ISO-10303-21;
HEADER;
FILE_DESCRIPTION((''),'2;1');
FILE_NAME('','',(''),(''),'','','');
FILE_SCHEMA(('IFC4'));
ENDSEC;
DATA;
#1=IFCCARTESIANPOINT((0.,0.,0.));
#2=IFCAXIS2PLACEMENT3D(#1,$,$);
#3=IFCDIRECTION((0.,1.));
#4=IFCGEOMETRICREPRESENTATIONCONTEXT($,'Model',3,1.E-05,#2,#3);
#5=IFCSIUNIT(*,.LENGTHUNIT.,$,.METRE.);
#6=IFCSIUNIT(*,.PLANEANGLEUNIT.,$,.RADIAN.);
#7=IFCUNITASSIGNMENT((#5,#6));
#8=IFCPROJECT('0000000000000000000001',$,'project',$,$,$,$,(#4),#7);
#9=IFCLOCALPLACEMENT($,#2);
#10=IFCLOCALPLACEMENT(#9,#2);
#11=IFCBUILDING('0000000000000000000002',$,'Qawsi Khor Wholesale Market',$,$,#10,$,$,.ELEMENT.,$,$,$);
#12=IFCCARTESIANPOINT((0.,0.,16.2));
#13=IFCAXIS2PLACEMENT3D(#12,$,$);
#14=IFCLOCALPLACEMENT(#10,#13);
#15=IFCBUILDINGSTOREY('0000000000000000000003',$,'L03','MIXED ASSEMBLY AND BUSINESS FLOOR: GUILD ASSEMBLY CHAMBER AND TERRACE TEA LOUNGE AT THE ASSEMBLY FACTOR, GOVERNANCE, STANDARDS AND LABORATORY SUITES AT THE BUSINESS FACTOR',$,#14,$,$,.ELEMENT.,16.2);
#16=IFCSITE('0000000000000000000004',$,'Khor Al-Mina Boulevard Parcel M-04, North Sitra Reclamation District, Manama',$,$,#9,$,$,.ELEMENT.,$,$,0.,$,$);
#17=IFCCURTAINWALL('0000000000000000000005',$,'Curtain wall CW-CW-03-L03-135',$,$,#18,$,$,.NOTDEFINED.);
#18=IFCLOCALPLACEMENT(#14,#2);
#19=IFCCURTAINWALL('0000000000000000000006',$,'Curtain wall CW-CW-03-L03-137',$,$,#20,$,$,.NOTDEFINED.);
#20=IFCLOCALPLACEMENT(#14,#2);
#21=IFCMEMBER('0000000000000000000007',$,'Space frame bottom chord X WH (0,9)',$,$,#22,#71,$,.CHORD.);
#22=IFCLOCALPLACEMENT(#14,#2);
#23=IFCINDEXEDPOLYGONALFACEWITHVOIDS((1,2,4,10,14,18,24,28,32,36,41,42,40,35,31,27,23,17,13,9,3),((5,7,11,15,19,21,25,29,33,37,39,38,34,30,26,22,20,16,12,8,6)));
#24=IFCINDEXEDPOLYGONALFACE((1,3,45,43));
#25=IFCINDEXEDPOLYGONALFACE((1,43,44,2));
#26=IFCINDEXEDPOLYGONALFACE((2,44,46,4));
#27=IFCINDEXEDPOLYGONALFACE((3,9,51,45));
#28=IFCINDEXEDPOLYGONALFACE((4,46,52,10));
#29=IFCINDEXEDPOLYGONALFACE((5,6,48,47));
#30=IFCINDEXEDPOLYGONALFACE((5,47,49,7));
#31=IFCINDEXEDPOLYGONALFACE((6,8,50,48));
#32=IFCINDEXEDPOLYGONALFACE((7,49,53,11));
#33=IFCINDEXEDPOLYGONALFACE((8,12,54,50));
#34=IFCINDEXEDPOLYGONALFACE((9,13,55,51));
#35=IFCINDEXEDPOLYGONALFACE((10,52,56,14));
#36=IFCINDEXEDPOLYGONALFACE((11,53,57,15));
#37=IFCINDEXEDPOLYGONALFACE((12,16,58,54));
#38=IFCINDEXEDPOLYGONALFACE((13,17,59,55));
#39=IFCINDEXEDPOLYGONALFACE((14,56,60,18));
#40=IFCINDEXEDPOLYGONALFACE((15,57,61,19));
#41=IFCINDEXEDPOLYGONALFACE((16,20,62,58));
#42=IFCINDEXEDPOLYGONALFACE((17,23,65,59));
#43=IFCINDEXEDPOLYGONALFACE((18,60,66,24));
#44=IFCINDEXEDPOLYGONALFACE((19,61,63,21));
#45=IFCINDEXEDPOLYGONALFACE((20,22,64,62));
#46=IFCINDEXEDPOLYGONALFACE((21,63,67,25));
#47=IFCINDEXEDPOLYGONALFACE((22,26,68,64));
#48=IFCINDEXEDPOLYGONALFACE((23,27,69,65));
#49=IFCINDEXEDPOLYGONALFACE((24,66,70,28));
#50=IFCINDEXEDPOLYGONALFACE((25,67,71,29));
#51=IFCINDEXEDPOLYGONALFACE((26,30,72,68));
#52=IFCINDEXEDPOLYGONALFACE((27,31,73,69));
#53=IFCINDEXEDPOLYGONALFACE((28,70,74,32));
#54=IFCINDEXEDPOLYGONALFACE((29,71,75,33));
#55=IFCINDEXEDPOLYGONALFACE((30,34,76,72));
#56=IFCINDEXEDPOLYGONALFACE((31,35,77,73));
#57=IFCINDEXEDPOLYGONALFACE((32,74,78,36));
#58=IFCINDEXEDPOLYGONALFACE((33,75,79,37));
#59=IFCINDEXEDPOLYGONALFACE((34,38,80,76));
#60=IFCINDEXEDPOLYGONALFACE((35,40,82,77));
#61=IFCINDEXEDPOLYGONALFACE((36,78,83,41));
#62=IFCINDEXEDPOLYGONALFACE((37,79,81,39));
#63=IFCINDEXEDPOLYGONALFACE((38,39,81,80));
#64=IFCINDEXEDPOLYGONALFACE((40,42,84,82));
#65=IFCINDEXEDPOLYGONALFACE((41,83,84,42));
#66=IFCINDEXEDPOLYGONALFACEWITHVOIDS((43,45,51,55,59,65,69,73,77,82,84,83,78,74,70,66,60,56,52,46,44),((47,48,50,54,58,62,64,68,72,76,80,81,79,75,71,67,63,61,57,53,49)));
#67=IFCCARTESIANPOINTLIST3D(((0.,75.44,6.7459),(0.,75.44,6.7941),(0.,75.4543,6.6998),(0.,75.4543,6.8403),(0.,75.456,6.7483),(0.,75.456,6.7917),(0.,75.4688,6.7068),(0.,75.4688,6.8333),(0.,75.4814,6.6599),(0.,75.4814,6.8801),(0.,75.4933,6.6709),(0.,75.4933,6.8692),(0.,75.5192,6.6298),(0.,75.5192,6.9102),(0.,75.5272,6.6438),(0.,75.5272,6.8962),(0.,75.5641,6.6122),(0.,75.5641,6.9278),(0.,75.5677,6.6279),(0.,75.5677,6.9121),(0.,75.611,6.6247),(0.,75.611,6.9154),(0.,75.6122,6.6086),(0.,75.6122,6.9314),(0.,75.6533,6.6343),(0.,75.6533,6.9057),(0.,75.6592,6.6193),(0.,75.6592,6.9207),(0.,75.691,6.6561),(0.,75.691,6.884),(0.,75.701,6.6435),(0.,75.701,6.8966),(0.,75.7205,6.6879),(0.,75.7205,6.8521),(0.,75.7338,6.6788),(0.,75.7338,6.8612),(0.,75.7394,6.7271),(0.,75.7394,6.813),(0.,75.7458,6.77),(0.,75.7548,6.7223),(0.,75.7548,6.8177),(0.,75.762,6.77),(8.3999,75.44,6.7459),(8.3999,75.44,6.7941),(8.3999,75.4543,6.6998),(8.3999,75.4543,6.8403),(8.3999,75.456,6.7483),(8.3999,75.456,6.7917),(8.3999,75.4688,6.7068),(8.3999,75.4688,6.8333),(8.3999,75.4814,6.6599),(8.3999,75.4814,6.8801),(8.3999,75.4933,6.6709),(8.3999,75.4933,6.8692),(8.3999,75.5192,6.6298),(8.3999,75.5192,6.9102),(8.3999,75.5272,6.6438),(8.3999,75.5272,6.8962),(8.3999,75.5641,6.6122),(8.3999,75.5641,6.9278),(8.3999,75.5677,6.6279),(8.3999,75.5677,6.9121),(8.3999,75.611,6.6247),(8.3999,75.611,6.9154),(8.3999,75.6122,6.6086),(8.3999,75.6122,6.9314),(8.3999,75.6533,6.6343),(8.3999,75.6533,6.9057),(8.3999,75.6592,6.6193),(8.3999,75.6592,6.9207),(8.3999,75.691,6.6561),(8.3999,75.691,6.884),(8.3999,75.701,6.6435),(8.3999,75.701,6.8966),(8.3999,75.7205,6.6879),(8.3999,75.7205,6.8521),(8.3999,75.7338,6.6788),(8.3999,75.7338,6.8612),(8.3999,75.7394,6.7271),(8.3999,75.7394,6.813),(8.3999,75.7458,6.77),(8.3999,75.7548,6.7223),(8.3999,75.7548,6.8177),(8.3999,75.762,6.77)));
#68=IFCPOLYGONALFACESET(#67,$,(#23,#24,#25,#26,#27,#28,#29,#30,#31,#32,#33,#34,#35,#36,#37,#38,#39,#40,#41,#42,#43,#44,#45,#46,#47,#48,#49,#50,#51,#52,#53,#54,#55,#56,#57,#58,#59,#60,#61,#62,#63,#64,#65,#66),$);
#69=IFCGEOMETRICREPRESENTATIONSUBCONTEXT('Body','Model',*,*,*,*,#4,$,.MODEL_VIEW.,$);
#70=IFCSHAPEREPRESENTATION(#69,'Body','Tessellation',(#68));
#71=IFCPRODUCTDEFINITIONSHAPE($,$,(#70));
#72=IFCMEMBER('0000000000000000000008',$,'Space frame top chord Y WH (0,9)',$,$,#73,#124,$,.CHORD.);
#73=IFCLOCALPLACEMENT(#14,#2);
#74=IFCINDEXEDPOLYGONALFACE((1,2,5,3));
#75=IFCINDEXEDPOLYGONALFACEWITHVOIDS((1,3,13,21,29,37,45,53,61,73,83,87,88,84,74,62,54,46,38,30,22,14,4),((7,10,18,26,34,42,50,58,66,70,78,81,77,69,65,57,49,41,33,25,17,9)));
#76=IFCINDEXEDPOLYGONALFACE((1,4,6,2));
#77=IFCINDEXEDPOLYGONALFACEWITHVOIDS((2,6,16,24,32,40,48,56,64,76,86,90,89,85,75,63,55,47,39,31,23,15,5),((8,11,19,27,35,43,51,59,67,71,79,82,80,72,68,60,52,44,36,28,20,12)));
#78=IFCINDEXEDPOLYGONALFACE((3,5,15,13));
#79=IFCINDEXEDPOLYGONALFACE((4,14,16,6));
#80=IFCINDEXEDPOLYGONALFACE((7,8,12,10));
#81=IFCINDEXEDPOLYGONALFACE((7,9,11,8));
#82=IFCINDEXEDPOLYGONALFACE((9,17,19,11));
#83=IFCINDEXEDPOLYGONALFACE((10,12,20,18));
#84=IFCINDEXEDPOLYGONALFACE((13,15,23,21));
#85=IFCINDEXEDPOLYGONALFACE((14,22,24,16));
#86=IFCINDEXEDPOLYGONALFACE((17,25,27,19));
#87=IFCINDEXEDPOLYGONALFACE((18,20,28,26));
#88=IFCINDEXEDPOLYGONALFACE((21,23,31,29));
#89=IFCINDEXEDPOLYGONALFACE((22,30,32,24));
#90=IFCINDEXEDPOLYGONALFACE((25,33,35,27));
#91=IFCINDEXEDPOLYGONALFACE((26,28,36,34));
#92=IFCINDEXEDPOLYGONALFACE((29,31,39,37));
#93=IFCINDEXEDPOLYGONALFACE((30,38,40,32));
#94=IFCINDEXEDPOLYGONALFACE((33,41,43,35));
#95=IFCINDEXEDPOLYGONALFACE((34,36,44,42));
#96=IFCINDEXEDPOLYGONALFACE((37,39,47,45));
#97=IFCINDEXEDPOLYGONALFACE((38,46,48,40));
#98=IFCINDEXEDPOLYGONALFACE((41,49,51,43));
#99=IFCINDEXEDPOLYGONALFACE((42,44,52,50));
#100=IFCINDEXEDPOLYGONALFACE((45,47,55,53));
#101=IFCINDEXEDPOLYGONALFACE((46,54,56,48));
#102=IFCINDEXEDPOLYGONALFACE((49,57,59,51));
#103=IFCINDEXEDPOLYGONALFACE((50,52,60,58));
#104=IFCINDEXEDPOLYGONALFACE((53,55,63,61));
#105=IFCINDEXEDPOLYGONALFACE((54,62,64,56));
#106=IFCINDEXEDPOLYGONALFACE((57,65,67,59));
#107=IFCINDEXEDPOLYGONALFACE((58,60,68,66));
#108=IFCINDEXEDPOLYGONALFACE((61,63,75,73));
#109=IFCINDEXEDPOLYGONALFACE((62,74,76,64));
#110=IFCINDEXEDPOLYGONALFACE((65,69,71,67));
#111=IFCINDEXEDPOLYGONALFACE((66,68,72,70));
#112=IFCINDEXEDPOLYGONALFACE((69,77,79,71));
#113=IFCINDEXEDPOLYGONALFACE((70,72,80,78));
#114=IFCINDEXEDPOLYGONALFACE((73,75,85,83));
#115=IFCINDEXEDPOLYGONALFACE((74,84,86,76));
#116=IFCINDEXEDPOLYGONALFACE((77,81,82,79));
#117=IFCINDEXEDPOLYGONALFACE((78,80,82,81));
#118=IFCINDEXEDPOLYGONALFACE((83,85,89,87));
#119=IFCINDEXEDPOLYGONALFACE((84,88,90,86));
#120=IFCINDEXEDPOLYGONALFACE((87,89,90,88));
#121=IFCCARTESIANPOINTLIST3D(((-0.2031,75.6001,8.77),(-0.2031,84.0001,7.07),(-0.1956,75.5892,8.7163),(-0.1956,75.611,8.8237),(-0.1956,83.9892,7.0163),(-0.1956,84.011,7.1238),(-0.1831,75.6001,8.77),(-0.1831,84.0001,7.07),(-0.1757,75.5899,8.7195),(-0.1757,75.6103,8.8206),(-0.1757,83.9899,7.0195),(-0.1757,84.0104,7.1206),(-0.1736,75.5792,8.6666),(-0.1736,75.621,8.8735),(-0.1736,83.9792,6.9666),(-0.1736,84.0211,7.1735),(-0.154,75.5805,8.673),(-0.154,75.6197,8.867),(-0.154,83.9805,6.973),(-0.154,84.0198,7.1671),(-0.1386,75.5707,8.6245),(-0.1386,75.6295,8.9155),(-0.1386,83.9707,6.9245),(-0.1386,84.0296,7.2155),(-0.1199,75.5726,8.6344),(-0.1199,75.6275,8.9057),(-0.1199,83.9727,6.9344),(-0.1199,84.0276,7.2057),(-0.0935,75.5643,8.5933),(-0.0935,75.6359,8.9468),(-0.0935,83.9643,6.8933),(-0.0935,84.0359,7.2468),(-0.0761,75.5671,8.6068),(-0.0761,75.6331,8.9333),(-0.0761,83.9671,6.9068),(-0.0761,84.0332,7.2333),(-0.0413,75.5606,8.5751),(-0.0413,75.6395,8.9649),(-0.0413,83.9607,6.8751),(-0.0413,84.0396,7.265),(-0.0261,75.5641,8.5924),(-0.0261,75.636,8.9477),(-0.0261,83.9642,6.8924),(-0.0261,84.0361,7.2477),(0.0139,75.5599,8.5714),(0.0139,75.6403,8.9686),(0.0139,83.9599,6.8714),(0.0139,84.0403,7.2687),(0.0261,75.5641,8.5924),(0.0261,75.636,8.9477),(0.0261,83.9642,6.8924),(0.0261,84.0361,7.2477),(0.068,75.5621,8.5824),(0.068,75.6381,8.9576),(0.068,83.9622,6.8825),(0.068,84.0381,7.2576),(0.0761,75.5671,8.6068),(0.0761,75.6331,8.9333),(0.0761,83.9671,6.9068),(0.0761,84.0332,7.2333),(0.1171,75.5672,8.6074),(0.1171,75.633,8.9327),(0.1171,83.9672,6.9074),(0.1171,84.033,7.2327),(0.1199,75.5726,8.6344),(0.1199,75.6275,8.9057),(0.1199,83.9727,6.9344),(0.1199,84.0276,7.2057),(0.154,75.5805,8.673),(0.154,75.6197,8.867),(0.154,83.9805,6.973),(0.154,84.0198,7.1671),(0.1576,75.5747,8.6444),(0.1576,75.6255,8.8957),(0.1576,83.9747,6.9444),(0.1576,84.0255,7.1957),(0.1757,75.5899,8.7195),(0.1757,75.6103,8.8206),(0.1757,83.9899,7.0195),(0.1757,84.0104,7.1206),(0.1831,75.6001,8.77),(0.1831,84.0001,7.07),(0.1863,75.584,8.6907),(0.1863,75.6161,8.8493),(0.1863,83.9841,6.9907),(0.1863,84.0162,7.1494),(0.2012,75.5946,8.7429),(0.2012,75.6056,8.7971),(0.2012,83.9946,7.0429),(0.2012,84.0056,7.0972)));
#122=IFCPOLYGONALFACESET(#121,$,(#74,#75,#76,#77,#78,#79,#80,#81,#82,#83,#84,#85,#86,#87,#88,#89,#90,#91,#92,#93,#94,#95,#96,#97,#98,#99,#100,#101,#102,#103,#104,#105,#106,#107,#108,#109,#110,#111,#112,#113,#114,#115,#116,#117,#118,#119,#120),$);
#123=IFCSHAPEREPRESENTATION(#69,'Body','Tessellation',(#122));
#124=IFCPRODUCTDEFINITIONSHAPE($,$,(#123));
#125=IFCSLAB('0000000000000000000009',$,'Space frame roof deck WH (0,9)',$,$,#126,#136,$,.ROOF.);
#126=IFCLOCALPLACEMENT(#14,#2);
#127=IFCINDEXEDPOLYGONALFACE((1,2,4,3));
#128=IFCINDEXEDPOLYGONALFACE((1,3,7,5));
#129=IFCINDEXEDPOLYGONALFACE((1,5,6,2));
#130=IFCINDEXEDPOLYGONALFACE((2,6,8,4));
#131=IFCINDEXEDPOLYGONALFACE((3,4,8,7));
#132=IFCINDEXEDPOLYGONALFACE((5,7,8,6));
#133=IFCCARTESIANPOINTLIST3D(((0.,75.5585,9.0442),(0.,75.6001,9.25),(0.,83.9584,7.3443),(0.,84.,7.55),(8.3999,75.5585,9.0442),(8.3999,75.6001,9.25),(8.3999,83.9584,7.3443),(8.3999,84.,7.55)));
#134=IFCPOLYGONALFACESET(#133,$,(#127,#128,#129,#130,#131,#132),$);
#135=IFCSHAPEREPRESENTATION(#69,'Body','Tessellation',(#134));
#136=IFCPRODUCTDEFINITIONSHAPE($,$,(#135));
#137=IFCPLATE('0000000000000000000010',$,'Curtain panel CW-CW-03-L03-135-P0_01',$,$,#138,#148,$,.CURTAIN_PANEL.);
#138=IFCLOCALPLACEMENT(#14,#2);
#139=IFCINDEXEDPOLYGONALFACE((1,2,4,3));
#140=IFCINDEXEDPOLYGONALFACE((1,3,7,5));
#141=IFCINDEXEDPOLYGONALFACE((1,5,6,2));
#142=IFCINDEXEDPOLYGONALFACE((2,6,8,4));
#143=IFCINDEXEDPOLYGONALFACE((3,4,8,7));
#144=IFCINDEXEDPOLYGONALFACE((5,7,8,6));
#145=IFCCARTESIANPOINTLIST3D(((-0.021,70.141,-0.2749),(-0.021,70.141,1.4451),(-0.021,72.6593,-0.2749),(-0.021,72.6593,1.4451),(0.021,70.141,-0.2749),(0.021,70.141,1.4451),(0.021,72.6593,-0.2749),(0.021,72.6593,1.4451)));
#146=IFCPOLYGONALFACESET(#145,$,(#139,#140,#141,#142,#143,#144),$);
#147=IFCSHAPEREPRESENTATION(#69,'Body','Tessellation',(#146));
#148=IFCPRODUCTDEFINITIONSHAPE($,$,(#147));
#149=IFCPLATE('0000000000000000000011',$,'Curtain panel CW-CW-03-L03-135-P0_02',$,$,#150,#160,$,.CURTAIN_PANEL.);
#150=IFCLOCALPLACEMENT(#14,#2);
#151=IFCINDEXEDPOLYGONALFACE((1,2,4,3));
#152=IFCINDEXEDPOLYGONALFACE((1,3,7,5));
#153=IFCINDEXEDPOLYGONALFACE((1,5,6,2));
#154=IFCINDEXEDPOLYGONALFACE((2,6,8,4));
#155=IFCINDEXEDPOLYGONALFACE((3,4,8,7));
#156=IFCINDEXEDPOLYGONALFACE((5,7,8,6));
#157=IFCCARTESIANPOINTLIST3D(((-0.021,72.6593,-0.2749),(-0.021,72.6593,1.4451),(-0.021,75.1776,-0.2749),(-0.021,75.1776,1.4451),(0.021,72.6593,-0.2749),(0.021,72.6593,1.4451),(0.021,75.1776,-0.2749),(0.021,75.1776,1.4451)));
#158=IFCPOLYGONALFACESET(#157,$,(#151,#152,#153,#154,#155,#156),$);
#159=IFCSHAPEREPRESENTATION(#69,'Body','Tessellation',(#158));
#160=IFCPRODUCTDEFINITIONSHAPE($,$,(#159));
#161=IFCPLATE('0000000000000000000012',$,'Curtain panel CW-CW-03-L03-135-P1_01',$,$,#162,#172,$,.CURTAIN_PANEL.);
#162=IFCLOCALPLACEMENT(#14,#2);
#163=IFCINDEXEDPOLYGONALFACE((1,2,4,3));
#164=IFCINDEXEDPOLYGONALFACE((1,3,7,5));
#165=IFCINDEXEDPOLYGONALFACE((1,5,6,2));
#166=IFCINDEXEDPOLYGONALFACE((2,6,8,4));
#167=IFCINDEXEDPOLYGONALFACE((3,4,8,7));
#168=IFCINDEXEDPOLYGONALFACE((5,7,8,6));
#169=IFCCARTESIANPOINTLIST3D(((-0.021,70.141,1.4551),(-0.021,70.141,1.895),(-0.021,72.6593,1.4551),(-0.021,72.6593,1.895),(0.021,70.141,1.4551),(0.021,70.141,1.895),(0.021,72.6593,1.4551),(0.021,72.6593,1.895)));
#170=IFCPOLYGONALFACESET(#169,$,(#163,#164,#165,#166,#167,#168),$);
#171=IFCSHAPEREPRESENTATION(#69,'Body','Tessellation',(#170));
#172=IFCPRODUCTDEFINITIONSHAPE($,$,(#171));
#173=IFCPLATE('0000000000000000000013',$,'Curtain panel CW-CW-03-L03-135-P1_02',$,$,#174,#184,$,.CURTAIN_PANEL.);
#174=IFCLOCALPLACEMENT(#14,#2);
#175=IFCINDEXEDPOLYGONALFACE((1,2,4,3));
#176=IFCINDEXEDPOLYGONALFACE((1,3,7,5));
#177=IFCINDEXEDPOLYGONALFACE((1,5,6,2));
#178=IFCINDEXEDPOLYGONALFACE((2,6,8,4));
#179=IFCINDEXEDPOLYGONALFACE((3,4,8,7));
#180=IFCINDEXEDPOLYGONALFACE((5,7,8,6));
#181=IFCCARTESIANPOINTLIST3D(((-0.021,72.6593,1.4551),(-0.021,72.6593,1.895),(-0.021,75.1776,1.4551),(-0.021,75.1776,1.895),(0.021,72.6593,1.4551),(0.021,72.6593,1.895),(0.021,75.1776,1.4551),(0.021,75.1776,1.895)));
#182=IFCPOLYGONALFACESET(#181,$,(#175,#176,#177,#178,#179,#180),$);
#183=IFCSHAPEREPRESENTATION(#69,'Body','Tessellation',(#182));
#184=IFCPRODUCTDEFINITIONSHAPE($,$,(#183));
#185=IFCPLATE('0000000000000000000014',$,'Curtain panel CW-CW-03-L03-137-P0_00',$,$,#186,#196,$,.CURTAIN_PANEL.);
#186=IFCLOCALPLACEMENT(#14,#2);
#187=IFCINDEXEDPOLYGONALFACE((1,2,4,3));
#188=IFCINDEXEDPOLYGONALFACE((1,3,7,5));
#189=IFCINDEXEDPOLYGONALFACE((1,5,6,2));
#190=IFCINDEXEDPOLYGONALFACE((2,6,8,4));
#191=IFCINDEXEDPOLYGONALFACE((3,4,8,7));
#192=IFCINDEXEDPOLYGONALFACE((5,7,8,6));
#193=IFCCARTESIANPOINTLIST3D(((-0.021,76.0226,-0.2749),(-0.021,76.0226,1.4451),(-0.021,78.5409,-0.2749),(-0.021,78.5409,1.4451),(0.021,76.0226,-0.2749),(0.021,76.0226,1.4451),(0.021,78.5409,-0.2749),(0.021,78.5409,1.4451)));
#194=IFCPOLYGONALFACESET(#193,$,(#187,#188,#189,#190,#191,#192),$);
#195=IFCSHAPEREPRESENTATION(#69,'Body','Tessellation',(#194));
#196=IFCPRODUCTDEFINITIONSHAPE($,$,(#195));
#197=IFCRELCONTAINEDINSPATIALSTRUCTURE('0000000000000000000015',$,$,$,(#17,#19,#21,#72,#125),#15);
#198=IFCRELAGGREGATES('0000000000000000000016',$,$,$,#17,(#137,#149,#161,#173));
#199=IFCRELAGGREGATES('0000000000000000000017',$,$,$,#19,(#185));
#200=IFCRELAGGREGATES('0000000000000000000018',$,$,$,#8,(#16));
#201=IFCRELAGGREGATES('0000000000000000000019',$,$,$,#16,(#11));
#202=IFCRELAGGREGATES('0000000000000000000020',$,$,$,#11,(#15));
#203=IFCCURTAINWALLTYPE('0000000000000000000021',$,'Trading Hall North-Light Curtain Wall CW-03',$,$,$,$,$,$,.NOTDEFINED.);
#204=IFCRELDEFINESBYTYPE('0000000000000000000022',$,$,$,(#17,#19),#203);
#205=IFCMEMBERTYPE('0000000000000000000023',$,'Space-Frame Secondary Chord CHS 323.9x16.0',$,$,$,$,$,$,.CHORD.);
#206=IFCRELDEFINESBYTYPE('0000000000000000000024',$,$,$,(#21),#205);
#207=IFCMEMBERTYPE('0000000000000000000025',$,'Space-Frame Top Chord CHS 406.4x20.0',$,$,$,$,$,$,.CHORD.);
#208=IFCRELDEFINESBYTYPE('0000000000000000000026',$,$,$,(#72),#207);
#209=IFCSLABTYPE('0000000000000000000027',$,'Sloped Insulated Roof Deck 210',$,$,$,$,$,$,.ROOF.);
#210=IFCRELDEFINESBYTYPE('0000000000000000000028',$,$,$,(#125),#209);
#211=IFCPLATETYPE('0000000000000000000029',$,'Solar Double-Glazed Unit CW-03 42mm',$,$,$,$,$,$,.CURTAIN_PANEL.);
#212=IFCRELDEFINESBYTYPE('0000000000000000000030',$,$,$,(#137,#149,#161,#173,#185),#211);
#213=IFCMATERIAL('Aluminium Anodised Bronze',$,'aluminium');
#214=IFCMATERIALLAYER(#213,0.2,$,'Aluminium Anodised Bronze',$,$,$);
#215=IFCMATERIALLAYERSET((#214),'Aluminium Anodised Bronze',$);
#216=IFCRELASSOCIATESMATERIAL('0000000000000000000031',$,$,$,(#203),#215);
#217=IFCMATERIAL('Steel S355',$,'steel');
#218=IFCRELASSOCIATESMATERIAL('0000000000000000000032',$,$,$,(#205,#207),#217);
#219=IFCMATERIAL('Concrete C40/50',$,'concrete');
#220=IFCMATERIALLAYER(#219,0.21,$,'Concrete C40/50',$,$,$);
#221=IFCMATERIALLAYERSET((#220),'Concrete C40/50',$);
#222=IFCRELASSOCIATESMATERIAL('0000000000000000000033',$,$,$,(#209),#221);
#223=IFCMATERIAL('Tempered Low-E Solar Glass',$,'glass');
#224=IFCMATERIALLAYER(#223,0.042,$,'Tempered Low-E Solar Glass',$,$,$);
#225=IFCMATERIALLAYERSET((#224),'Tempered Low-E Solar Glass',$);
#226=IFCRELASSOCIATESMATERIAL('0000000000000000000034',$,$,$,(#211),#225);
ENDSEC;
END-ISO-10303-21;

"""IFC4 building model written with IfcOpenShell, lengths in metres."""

from ifc_helpers import new_model, si_unit, direction, frame, frame_2d, origin, origin_2d, place, context, subcontext, project, spatial, polyline, rectangle, hollow_circle, outline, extrude, material, layer, layer_set, material_profile, profile_set, type_object, element, aggregate, save


model = new_model("IFC4")

# Units and contexts
model_context = context("Model", 3, precision=1e-05, world=origin(), true_north=direction((0.0, 1.0)))
body_context = subcontext(model_context, "Body", "Model", "MODEL_VIEW")
ifc_project = project(units=[si_unit("LENGTHUNIT", "METRE"), si_unit("PLANEANGLEUNIT", "RADIAN")], contexts=[model_context])

# Site, building, storey
site_placement = place(None, origin())
site = spatial("IfcSite", under=ifc_project, at=site_placement, Name="Khor Al-Mina Boulevard Parcel M-04, North Sitra Reclamation District, Manama", CompositionType="ELEMENT", RefElevation=0.0)
building_placement = place(site_placement, origin())
building = spatial("IfcBuilding", under=site, at=building_placement, Name="Qawsi Khor Wholesale Market", CompositionType="ELEMENT")
storey_placement = place(building_placement, frame((0.0, 0.0, 16.2)))
storey = spatial("IfcBuildingStorey", under=building, at=storey_placement, Name="L03", Description="MIXED ASSEMBLY AND BUSINESS FLOOR: GUILD ASSEMBLY CHAMBER AND TERRACE TEA LOUNGE AT THE ASSEMBLY FACTOR, GOVERNANCE, STANDARDS AND LABORATORY SUITES AT THE BUSINESS FACTOR", CompositionType="ELEMENT", Elevation=16.2)

# Shared definitions
ifc_material_1 = material(Name="Concrete C40/50", Category="concrete")

# Curtain walls
ifc_material_2 = material(Name="Aluminium Anodised Bronze", Category="aluminium")
ifc_layer_1 = layer(ifc_material_2, 0.2, Name="Aluminium Anodised Bronze")
ifc_layer_set_1 = layer_set([ifc_layer_1], Name="Aluminium Anodised Bronze")
curtain_wall_type = type_object("IfcCurtainWallType", Name="Trading Hall North-Light Curtain Wall CW-03", PredefinedType="NOTDEFINED", material=ifc_layer_set_1)
curtain_wall_1_placement = place(storey_placement, origin())
curtain_wall_1 = element("IfcCurtainWall", 1, at=curtain_wall_1_placement, inside=storey, type_object=curtain_wall_type, Name="Curtain wall CW-CW-03-L03-135", PredefinedType="NOTDEFINED")
curtain_wall_2_placement = place(storey_placement, origin())
curtain_wall_2 = element("IfcCurtainWall", 2, at=curtain_wall_2_placement, inside=storey, type_object=curtain_wall_type, Name="Curtain wall CW-CW-03-L03-137", PredefinedType="NOTDEFINED")

# Members
ifc_material_3 = material(Name="Steel S355", Category="steel")
ifc_material_profile_1 = material_profile(ifc_material_3, hollow_circle(Radius=0.1619, WallThickness=0.0161, at=origin_2d()), Name="CHS 323.9x16.0")
ifc_profile_set_1 = profile_set([ifc_material_profile_1], Name="Steel S355")
member_type_1 = type_object("IfcMemberType", Name="Space-Frame Secondary Chord CHS 323.9x16.0", PredefinedType="CHORD", material=ifc_profile_set_1)
member_1_placement = place(storey_placement, frame((0.0, 75.6001, 6.77), z_axis=(1.0, 0.0, 0.0), x_axis=(0.0, 1.0, 0.0)))
element("IfcMember", 3, at=member_1_placement, inside=storey, type_object=member_type_1, Name="Space frame bottom chord X WH (0,9)", PredefinedType="CHORD", context=body_context, shape_type="SweptSolid", body=[
    extrude(hollow_circle(Radius=0.1619, WallThickness=0.0161, at=origin_2d()), origin(), (0.0, 0.0, 1.0), 8.3999),
])
ifc_material_profile_2 = material_profile(ifc_material_3, hollow_circle(Radius=0.2031, WallThickness=0.02, at=origin_2d()), Name="CHS 406.4x20.0")
ifc_profile_set_2 = profile_set([ifc_material_profile_2], Name="Steel S355")
member_type_2 = type_object("IfcMemberType", Name="Space-Frame Top Chord CHS 406.4x20.0", PredefinedType="CHORD", material=ifc_profile_set_2)
member_2_placement = place(storey_placement, frame((0.0, 75.6001, 8.77), z_axis=(0.0, 0.98013, -0.198356), x_axis=(-1.0, 0.0, 0.0)))
element("IfcMember", 4, at=member_2_placement, inside=storey, type_object=member_type_2, Name="Space frame top chord Y WH (0,9)", PredefinedType="CHORD", context=body_context, shape_type="SweptSolid", body=[
    extrude(hollow_circle(Radius=0.2031, WallThickness=0.02, at=origin_2d()), origin(), (0.0, 0.0, 1.0), 8.5703),
])

# Slab
ifc_layer_2 = layer(ifc_material_1, 0.21, Name="Concrete C40/50")
ifc_layer_set_2 = layer_set([ifc_layer_2], Name="Concrete C40/50")
slab_type = type_object("IfcSlabType", Name="Sloped Insulated Roof Deck 210", PredefinedType="ROOF", material=ifc_layer_set_2)
slab_placement = place(storey_placement, frame((0.0, 75.6001, 9.25), z_axis=(0.0, 0.198356, 0.98013), x_axis=(1.0, 0.0, 0.0)))
element("IfcSlab", 5, at=slab_placement, inside=storey, type_object=slab_type, Name="Space frame roof deck WH (0,9)", PredefinedType="ROOF", context=body_context, shape_type="SweptSolid", body=[
    extrude(outline(polyline([(0.0, 0.0), (8.3999, 0.0), (8.3999, 8.5702), (0.0, 8.5702), (0.0, 0.0)])), origin(), (0.0, 0.0, -1.0), 0.21),
])

# Plates
ifc_material_4 = material(Name="Tempered Low-E Solar Glass", Category="glass")
ifc_layer_3 = layer(ifc_material_4, 0.042, Name="Tempered Low-E Solar Glass")
ifc_layer_set_3 = layer_set([ifc_layer_3], Name="Tempered Low-E Solar Glass")
plate_type = type_object("IfcPlateType", Name="Solar Double-Glazed Unit CW-03 42mm", PredefinedType="CURTAIN_PANEL", material=ifc_layer_set_3)
plate_1_placement = place(storey_placement, frame((0.0, 70.1409, -0.2749), z_axis=(0.0, 0.0, 1.0), x_axis=(0.0, 1.0, 0.0)))
plate_1 = element("IfcPlate", 6, at=plate_1_placement, type_object=plate_type, Name="Curtain panel CW-CW-03-L03-135-P0_01", PredefinedType="CURTAIN_PANEL", context=body_context, shape_type="SweptSolid", body=[
    extrude(rectangle(XDim=2.5183, YDim=0.042, at=frame_2d((1.2593, 0.0))), origin(), (0.0, 0.0, 1.0), 1.72),
])
plate_2_placement = place(storey_placement, frame((0.0, 72.6592, -0.2749), z_axis=(0.0, 0.0, 1.0), x_axis=(0.0, 1.0, 0.0)))
plate_2 = element("IfcPlate", 7, at=plate_2_placement, type_object=plate_type, Name="Curtain panel CW-CW-03-L03-135-P0_02", PredefinedType="CURTAIN_PANEL", context=body_context, shape_type="SweptSolid", body=[
    extrude(rectangle(XDim=2.5183, YDim=0.042, at=frame_2d((1.2593, 0.0))), origin(), (0.0, 0.0, 1.0), 1.72),
])
plate_3_placement = place(storey_placement, frame((0.0, 70.1409, 1.4551), z_axis=(0.0, 0.0, 1.0), x_axis=(0.0, 1.0, 0.0)))
plate_3 = element("IfcPlate", 8, at=plate_3_placement, type_object=plate_type, Name="Curtain panel CW-CW-03-L03-135-P1_01", PredefinedType="CURTAIN_PANEL", context=body_context, shape_type="SweptSolid", body=[
    extrude(rectangle(XDim=2.5183, YDim=0.042, at=frame_2d((1.2593, 0.0))), origin(), (0.0, 0.0, 1.0), 0.4399),
])
plate_4_placement = place(storey_placement, frame((0.0, 72.6592, 1.4551), z_axis=(0.0, 0.0, 1.0), x_axis=(0.0, 1.0, 0.0)))
plate_4 = element("IfcPlate", 9, at=plate_4_placement, type_object=plate_type, Name="Curtain panel CW-CW-03-L03-135-P1_02", PredefinedType="CURTAIN_PANEL", context=body_context, shape_type="SweptSolid", body=[
    extrude(rectangle(XDim=2.5183, YDim=0.042, at=frame_2d((1.2593, 0.0))), origin(), (0.0, 0.0, 1.0), 0.4399),
])
aggregate(curtain_wall_1, [plate_1, plate_2, plate_3, plate_4])
plate_5_placement = place(storey_placement, frame((0.0, 76.0225, -0.2749), z_axis=(0.0, 0.0, 1.0), x_axis=(0.0, 1.0, 0.0)))
plate_5 = element("IfcPlate", 10, at=plate_5_placement, type_object=plate_type, Name="Curtain panel CW-CW-03-L03-137-P0_00", PredefinedType="CURTAIN_PANEL", context=body_context, shape_type="SweptSolid", body=[
    extrude(rectangle(XDim=2.5183, YDim=0.042, at=frame_2d((1.2593, 0.0))), origin(), (0.0, 0.0, 1.0), 1.72),
])
aggregate(curtain_wall_2, [plate_5])

save(model, "model.ifc")
